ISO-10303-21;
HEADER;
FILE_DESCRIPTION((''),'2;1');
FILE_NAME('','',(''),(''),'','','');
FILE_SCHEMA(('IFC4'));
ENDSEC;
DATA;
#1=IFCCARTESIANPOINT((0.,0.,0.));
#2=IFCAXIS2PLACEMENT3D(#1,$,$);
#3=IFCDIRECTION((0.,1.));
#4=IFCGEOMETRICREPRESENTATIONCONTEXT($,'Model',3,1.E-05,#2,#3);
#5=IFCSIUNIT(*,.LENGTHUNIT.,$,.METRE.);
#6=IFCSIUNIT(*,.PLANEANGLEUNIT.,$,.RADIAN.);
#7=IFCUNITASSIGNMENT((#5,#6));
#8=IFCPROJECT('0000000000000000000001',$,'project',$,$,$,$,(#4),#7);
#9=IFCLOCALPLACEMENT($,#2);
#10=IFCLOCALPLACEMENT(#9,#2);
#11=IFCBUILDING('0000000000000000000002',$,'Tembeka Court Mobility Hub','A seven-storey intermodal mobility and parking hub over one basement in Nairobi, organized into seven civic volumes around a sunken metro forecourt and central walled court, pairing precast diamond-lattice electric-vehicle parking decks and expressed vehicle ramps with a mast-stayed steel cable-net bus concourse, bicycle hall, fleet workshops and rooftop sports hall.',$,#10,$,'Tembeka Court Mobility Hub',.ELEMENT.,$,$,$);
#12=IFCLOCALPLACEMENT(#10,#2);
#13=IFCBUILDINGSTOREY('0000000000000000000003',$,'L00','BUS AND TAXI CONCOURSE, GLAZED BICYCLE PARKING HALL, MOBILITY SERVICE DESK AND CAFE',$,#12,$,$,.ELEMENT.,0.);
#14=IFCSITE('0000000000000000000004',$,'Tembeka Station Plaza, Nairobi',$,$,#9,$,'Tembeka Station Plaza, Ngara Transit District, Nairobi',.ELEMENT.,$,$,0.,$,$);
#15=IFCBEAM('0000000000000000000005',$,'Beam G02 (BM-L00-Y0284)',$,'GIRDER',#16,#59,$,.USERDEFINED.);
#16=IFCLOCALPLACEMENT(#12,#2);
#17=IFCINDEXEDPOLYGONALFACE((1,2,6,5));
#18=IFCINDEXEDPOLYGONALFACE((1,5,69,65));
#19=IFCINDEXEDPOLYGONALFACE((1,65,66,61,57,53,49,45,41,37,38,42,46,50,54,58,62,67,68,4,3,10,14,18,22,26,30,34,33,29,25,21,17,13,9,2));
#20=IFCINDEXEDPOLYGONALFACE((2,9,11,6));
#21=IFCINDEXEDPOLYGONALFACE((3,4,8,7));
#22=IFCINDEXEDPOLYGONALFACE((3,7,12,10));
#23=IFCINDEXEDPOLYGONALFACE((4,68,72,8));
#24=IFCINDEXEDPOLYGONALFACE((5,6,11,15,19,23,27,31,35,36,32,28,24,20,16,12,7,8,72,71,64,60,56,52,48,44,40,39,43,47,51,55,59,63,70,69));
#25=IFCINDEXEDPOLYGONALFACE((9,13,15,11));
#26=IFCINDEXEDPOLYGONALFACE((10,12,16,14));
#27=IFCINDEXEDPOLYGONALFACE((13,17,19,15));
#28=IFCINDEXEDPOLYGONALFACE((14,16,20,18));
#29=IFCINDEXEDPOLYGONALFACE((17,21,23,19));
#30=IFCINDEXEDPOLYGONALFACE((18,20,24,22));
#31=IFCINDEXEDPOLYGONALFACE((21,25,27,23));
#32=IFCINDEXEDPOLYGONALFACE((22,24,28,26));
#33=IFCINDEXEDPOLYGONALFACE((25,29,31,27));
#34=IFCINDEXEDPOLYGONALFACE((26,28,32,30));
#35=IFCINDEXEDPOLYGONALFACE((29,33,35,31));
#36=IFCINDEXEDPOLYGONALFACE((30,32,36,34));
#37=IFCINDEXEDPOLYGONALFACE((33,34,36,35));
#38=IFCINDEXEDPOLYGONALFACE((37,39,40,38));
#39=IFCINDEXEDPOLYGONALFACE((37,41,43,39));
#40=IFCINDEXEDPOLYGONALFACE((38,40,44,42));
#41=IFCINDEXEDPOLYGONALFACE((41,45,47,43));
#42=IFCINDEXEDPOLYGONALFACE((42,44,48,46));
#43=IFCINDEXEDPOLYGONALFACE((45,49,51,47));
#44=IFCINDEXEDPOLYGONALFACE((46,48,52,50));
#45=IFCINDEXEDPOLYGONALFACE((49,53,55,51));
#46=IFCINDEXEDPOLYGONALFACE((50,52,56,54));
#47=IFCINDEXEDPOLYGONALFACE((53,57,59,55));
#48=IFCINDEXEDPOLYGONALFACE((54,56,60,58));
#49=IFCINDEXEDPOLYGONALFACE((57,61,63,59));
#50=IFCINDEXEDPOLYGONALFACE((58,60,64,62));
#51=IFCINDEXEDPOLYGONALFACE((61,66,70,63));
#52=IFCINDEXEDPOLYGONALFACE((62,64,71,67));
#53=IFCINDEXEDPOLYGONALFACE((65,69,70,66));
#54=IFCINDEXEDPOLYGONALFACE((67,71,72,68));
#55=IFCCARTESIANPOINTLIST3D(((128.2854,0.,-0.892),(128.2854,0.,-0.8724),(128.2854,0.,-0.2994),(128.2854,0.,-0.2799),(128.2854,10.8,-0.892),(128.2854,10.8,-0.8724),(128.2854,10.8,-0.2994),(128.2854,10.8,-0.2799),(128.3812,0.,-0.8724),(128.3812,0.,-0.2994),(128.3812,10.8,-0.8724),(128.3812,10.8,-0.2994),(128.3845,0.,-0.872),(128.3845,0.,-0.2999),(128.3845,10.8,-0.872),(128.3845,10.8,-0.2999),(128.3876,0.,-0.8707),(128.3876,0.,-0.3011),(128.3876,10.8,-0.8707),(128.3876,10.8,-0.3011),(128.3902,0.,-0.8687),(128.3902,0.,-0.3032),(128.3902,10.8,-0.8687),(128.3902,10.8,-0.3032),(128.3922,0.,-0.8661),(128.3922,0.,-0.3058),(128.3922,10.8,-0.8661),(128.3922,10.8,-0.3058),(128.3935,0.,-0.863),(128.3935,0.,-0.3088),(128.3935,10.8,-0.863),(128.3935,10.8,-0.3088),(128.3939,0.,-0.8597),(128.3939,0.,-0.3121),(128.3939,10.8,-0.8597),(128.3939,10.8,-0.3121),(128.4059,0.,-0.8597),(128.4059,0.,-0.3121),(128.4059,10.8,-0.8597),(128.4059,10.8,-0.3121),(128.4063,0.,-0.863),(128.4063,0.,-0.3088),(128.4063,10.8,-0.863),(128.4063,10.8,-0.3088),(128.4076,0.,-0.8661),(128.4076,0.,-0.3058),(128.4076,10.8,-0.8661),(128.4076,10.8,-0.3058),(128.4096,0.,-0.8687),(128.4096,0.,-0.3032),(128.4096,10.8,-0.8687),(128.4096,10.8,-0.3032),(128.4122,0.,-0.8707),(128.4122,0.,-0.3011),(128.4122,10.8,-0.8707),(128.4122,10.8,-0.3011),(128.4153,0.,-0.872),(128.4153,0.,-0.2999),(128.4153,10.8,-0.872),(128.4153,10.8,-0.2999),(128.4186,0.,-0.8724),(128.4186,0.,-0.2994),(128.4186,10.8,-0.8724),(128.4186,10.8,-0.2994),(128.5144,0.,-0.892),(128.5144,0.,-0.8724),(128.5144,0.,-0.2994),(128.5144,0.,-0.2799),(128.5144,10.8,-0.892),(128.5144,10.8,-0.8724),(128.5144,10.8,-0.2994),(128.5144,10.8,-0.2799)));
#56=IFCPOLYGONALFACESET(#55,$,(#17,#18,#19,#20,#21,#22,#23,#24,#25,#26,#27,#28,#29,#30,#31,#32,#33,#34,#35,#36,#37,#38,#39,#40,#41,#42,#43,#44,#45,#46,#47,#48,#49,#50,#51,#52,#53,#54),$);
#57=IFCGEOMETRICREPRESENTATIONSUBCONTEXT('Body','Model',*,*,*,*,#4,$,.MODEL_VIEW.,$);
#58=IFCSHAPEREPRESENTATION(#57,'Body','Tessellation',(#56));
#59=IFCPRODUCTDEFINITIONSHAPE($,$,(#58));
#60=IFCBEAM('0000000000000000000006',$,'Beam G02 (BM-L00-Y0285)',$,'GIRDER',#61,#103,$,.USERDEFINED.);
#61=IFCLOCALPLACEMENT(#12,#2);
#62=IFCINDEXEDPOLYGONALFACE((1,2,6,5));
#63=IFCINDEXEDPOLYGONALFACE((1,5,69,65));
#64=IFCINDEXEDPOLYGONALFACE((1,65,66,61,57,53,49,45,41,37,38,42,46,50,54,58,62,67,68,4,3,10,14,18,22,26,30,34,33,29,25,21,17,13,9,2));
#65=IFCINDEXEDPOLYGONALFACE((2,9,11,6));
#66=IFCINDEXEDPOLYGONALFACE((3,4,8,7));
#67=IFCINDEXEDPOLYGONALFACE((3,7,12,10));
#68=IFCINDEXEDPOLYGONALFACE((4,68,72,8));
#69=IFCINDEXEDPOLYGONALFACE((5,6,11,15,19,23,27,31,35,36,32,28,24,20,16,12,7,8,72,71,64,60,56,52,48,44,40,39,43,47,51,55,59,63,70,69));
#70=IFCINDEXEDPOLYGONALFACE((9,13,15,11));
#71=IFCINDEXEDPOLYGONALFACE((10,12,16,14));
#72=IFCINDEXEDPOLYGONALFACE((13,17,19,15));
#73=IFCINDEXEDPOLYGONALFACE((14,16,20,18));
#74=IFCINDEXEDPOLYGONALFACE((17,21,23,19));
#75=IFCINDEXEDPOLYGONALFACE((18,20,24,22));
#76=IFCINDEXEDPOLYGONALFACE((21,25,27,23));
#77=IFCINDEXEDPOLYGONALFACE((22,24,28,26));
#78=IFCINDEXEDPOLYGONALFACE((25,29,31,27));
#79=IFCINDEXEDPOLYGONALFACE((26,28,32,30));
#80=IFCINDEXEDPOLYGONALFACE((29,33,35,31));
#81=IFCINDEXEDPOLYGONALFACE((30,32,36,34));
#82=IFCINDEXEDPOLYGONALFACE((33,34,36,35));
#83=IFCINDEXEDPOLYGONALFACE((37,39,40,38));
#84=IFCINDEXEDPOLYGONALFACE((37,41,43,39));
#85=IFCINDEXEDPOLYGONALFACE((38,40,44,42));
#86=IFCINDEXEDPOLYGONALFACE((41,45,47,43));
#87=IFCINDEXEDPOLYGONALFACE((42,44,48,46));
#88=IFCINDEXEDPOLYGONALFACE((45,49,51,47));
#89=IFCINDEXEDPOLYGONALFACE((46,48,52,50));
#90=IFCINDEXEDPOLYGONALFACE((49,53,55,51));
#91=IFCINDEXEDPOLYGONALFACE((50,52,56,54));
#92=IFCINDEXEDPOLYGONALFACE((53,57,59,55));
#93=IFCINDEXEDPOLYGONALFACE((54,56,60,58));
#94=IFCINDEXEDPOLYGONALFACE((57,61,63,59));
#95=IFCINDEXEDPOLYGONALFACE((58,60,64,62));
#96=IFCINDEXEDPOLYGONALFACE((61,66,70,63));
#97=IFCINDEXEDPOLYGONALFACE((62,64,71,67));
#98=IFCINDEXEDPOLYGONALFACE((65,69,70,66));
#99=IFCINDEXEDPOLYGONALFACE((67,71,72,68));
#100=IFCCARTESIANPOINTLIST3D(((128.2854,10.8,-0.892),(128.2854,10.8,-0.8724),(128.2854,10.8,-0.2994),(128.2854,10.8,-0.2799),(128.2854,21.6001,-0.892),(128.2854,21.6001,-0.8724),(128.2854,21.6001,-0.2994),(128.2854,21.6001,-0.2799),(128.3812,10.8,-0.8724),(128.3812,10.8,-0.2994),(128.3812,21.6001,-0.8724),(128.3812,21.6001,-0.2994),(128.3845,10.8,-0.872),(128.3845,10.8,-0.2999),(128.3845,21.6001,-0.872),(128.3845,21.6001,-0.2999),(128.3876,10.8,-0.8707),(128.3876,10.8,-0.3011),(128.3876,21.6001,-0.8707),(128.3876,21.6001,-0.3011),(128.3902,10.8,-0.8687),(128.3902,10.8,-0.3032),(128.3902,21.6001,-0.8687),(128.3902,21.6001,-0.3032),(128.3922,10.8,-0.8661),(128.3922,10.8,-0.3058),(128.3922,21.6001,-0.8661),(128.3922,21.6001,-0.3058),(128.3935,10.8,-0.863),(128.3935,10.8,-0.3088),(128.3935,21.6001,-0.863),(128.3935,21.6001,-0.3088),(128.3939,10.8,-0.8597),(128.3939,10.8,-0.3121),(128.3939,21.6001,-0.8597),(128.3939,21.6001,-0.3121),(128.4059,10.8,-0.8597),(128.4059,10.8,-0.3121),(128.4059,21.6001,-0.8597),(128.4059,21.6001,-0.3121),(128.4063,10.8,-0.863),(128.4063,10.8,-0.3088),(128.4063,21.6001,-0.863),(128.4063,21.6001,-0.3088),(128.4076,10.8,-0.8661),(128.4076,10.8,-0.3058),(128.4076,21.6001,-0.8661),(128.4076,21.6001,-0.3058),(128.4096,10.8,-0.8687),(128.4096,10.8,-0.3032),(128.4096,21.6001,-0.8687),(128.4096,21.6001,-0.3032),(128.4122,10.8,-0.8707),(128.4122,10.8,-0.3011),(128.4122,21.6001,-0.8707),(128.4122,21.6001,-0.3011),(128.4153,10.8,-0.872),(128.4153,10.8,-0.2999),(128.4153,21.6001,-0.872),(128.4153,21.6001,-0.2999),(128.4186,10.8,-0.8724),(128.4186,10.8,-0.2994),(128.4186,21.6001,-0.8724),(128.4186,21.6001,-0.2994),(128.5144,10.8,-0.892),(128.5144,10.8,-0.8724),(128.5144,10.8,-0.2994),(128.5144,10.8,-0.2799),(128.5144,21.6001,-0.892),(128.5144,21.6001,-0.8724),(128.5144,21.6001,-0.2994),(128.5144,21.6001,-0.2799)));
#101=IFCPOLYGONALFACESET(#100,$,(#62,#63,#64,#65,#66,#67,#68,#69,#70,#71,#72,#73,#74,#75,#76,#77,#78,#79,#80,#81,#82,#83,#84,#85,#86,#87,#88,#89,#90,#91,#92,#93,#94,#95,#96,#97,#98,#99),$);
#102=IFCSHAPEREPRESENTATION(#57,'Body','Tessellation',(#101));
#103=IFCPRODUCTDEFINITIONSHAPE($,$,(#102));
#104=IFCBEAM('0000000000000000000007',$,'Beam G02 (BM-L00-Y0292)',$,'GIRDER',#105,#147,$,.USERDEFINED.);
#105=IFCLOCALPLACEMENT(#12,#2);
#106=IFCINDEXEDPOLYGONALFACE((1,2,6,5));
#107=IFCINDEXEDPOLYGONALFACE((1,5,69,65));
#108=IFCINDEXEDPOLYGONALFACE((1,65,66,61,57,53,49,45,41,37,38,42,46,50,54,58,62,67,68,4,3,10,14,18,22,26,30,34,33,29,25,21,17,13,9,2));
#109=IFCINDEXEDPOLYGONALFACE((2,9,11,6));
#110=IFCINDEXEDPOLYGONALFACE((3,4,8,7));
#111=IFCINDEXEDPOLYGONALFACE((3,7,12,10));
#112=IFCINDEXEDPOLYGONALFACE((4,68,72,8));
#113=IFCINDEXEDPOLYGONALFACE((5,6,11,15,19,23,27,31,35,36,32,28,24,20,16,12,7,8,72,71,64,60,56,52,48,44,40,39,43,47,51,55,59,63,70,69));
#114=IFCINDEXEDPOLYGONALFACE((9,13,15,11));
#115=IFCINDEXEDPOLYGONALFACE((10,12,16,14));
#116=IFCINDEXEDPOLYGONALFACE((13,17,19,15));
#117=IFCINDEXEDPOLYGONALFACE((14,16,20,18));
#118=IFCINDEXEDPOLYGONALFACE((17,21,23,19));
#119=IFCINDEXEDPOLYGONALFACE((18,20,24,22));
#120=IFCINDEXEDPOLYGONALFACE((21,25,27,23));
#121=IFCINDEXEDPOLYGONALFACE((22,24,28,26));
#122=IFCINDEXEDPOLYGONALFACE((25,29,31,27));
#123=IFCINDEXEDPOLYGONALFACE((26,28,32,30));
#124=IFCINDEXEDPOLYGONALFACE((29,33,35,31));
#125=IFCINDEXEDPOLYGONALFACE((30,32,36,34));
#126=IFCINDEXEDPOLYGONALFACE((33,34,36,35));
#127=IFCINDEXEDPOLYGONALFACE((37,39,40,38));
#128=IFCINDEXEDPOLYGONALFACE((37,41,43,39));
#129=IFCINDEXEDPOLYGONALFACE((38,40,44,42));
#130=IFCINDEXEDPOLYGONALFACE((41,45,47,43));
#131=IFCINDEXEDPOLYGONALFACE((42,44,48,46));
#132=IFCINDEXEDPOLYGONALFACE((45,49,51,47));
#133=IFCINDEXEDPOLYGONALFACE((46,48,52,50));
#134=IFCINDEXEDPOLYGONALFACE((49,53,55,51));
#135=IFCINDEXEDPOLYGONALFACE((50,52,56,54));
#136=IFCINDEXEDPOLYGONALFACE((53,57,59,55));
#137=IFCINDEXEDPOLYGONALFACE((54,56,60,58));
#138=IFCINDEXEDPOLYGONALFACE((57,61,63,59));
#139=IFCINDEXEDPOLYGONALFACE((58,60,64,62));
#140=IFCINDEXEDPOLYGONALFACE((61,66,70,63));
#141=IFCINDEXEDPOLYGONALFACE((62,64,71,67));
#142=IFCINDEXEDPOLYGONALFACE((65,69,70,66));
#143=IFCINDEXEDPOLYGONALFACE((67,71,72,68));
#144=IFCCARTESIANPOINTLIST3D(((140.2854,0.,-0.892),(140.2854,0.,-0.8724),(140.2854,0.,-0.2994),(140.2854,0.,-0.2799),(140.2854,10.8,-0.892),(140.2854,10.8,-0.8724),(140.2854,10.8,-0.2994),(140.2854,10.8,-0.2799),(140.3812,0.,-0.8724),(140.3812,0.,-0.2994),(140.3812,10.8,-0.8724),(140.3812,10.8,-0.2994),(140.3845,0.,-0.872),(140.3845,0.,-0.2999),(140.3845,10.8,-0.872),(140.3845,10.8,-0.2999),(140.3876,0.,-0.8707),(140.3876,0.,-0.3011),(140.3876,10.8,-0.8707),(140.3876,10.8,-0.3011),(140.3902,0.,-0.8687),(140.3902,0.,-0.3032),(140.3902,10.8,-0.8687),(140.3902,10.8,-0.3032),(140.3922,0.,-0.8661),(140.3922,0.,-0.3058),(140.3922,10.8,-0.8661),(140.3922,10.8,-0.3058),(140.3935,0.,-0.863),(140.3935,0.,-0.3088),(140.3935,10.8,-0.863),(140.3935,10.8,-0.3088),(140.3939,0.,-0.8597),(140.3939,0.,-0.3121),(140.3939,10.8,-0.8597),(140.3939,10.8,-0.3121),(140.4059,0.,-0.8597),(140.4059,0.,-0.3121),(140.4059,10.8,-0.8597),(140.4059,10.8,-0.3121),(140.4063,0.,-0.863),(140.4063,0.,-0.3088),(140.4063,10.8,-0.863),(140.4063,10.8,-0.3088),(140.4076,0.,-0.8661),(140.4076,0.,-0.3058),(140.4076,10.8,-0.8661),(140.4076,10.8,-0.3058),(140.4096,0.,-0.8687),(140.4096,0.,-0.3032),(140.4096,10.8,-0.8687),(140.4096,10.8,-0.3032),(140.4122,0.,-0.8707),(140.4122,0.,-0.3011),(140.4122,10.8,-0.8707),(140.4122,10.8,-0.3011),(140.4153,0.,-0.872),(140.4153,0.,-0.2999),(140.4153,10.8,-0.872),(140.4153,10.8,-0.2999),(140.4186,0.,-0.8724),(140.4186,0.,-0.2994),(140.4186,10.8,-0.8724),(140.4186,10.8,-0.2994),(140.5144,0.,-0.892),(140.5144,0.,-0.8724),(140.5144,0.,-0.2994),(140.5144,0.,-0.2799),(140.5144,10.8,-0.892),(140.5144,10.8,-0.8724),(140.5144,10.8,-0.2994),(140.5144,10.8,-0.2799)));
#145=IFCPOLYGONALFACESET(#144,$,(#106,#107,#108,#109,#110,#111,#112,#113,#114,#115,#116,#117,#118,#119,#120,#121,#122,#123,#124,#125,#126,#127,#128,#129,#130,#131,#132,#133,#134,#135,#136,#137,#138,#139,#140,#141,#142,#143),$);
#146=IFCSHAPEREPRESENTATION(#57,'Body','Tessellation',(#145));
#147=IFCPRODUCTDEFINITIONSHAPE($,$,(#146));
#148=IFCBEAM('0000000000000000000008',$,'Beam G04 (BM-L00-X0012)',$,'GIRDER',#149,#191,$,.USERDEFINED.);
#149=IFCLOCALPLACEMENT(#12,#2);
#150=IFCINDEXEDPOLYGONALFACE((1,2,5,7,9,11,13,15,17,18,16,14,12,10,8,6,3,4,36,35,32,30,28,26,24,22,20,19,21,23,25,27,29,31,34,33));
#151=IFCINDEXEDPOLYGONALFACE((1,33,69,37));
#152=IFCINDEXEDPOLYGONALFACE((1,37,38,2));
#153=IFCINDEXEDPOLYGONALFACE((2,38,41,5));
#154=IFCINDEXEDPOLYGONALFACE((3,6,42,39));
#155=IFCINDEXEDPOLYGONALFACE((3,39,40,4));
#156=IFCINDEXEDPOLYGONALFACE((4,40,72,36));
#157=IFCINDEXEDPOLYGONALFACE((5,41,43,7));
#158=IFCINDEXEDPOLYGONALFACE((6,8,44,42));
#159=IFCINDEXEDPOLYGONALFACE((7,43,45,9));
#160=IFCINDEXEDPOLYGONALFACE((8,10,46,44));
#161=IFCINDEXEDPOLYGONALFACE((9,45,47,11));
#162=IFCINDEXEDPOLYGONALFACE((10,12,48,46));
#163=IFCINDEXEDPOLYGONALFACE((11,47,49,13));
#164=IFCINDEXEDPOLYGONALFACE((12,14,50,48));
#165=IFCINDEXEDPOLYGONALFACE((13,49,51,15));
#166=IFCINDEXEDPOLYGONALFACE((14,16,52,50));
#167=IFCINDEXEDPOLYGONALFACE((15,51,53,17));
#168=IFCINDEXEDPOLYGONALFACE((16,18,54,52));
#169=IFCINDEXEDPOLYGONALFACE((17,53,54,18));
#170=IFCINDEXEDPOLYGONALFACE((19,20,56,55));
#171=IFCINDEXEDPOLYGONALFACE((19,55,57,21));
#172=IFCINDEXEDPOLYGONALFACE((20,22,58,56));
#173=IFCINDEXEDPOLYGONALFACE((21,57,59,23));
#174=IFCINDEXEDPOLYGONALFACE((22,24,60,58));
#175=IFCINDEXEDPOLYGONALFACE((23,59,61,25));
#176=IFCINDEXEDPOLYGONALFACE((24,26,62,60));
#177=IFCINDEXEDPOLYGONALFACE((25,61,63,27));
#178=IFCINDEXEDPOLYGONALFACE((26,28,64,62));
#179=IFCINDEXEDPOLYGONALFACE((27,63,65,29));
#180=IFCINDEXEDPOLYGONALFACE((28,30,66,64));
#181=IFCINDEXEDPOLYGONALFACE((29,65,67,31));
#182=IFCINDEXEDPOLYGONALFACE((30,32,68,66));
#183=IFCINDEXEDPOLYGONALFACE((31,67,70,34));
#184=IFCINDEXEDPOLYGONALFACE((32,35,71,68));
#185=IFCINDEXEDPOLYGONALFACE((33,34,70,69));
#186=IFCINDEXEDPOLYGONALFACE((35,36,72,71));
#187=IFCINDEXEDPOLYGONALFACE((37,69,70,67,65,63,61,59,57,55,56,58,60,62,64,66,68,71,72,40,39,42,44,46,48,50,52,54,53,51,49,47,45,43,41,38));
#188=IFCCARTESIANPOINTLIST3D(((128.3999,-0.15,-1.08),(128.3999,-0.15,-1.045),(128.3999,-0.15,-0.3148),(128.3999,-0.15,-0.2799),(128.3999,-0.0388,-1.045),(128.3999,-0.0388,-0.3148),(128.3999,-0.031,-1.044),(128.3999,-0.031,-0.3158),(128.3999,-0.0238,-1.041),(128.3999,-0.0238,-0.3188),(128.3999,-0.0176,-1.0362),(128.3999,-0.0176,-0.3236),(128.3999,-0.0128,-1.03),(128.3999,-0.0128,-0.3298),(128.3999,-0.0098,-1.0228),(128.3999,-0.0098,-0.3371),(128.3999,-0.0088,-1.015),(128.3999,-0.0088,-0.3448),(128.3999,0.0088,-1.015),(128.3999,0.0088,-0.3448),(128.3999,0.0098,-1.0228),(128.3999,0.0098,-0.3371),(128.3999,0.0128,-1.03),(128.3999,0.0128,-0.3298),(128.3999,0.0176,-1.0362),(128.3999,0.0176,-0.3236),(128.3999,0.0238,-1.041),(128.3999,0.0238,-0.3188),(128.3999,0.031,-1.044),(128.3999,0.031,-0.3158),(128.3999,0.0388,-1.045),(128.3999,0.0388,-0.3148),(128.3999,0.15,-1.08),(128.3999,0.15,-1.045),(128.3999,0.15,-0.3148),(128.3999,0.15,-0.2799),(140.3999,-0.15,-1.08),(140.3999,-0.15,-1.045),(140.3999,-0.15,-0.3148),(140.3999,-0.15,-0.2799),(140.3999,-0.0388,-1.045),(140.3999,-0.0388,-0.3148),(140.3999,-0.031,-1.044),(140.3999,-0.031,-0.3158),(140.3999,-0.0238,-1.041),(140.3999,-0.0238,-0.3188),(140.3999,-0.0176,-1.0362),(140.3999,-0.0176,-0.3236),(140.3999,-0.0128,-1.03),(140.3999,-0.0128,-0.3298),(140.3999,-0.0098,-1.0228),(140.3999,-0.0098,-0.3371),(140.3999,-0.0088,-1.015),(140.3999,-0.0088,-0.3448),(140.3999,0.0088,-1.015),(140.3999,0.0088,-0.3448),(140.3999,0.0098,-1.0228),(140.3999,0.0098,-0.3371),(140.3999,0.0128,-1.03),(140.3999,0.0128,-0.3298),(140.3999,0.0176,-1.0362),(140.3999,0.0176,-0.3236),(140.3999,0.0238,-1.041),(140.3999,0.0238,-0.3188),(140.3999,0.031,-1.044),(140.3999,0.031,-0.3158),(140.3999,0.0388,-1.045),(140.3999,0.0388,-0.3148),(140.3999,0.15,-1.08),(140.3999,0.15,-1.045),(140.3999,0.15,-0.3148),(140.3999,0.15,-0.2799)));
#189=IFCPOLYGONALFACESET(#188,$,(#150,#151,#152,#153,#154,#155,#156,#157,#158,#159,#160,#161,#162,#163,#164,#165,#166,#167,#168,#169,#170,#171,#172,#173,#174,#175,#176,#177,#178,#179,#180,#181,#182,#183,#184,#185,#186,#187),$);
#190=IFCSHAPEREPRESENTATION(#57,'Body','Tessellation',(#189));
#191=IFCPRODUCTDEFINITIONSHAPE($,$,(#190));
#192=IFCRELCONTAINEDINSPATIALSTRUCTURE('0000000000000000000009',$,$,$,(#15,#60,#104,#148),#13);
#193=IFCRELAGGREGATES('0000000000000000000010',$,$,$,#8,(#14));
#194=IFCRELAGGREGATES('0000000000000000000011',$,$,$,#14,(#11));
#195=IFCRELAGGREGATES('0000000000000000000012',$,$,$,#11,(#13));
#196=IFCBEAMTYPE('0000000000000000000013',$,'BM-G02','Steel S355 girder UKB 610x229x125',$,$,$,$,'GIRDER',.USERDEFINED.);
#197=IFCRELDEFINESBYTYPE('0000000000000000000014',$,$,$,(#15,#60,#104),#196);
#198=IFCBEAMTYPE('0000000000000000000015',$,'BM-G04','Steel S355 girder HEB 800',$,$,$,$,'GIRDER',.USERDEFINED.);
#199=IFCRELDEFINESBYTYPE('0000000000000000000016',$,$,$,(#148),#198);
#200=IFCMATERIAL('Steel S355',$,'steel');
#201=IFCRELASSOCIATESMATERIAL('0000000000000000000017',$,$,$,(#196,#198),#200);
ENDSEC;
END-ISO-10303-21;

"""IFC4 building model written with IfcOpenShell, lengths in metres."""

from ifc_helpers import new_model, si_unit, direction, frame, origin, origin_2d, place, context, subcontext, project, spatial, i_section, extrude, material, material_profile, profile_set, type_object, element, save


model = new_model("IFC4")

# Units and contexts
model_context = context("Model", 3, precision=1e-05, world=origin(), true_north=direction((0.0, 1.0)))
body_context = subcontext(model_context, "Body", "Model", "MODEL_VIEW")
ifc_project = project(units=[si_unit("LENGTHUNIT", "METRE"), si_unit("PLANEANGLEUNIT", "RADIAN")], contexts=[model_context])

# Site, building, storey
site_placement = place(None, origin())
site = spatial("IfcSite", under=ifc_project, at=site_placement, Name="Tembeka Station Plaza, Nairobi", LongName="Tembeka Station Plaza, Ngara Transit District, Nairobi", CompositionType="ELEMENT", RefElevation=0.0)
building_placement = place(site_placement, origin())
building = spatial("IfcBuilding", under=site, at=building_placement, Name="Tembeka Court Mobility Hub", Description="A seven-storey intermodal mobility and parking hub over one basement in Nairobi, organized into seven civic volumes around a sunken metro forecourt and central walled court, pairing precast diamond-lattice electric-vehicle parking decks and expressed vehicle ramps with a mast-stayed steel cable-net bus concourse, bicycle hall, fleet workshops and rooftop sports hall.", LongName="Tembeka Court Mobility Hub", CompositionType="ELEMENT")
storey_placement = place(building_placement, origin())
storey = spatial("IfcBuildingStorey", under=building, at=storey_placement, Name="L00", Description="BUS AND TAXI CONCOURSE, GLAZED BICYCLE PARKING HALL, MOBILITY SERVICE DESK AND CAFE", CompositionType="ELEMENT", Elevation=0.0)

# Shared definitions
ifc_material_1 = material(Name="Steel S355", Category="steel")

# Beams
ifc_material_profile_1 = material_profile(ifc_material_1, i_section(OverallWidth=0.229, OverallDepth=0.6121, WebThickness=0.012, FlangeThickness=0.0195, FilletRadius=0.0127, at=origin_2d()), Name="UKB 610x229x125")
ifc_profile_set_1 = profile_set([ifc_material_profile_1], Name="Steel S355")
beam_type_1 = type_object("IfcBeamType", Name="BM-G02", Description="Steel S355 girder UKB 610x229x125", ElementType="GIRDER", PredefinedType="USERDEFINED", material=ifc_profile_set_1)
for number, where, z_axis, x_axis, name in (
    (1, (128.3999, 0.0, -0.5859), (0.0, 1.0, 0.0), (-1.0, 0.0, 0.0), "Beam G02 (BM-L00-Y0284)"),
    (2, (128.3999, 10.8, -0.5859), (0.0, 1.0, 0.0), (-1.0, 0.0, 0.0), "Beam G02 (BM-L00-Y0285)"),
    (3, (140.3999, 0.0, -0.5859), (0.0, 1.0, 0.0), (-1.0, 0.0, 0.0), "Beam G02 (BM-L00-Y0292)"),
):
    element("IfcBeam", number, at=place(storey_placement, frame(where, z_axis=z_axis, x_axis=x_axis)), inside=storey, type_object=beam_type_1, Name=name, ObjectType="GIRDER", PredefinedType="USERDEFINED", context=body_context, shape_type="SweptSolid", body=[
        extrude(i_section(OverallWidth=0.229, OverallDepth=0.6121, WebThickness=0.012, FlangeThickness=0.0195, FilletRadius=0.0127, at=origin_2d()), origin(), (0.0, 0.0, 1.0), 10.8),
    ])
ifc_material_profile_2 = material_profile(ifc_material_1, i_section(OverallWidth=0.3, OverallDepth=0.8, WebThickness=0.0176, FlangeThickness=0.0349, FilletRadius=0.03, at=origin_2d()), Name="HEB 800")
ifc_profile_set_2 = profile_set([ifc_material_profile_2], Name="Steel S355")
beam_type_2 = type_object("IfcBeamType", Name="BM-G04", Description="Steel S355 girder HEB 800", ElementType="GIRDER", PredefinedType="USERDEFINED", material=ifc_profile_set_2)
for number, where, z_axis, x_axis, name in (
    (4, (128.3999, 0.0, -0.6799), (1.0, 0.0, 0.0), (0.0, 1.0, 0.0), "Beam G04 (BM-L00-X0012)"),
):
    element("IfcBeam", number, at=place(storey_placement, frame(where, z_axis=z_axis, x_axis=x_axis)), inside=storey, type_object=beam_type_2, Name=name, ObjectType="GIRDER", PredefinedType="USERDEFINED", context=body_context, shape_type="SweptSolid", body=[
        extrude(i_section(OverallWidth=0.3, OverallDepth=0.8, WebThickness=0.0176, FlangeThickness=0.0349, FilletRadius=0.03, at=origin_2d()), origin(), (0.0, 0.0, 1.0), 12.0),
    ])

save(model, "model.ifc")
